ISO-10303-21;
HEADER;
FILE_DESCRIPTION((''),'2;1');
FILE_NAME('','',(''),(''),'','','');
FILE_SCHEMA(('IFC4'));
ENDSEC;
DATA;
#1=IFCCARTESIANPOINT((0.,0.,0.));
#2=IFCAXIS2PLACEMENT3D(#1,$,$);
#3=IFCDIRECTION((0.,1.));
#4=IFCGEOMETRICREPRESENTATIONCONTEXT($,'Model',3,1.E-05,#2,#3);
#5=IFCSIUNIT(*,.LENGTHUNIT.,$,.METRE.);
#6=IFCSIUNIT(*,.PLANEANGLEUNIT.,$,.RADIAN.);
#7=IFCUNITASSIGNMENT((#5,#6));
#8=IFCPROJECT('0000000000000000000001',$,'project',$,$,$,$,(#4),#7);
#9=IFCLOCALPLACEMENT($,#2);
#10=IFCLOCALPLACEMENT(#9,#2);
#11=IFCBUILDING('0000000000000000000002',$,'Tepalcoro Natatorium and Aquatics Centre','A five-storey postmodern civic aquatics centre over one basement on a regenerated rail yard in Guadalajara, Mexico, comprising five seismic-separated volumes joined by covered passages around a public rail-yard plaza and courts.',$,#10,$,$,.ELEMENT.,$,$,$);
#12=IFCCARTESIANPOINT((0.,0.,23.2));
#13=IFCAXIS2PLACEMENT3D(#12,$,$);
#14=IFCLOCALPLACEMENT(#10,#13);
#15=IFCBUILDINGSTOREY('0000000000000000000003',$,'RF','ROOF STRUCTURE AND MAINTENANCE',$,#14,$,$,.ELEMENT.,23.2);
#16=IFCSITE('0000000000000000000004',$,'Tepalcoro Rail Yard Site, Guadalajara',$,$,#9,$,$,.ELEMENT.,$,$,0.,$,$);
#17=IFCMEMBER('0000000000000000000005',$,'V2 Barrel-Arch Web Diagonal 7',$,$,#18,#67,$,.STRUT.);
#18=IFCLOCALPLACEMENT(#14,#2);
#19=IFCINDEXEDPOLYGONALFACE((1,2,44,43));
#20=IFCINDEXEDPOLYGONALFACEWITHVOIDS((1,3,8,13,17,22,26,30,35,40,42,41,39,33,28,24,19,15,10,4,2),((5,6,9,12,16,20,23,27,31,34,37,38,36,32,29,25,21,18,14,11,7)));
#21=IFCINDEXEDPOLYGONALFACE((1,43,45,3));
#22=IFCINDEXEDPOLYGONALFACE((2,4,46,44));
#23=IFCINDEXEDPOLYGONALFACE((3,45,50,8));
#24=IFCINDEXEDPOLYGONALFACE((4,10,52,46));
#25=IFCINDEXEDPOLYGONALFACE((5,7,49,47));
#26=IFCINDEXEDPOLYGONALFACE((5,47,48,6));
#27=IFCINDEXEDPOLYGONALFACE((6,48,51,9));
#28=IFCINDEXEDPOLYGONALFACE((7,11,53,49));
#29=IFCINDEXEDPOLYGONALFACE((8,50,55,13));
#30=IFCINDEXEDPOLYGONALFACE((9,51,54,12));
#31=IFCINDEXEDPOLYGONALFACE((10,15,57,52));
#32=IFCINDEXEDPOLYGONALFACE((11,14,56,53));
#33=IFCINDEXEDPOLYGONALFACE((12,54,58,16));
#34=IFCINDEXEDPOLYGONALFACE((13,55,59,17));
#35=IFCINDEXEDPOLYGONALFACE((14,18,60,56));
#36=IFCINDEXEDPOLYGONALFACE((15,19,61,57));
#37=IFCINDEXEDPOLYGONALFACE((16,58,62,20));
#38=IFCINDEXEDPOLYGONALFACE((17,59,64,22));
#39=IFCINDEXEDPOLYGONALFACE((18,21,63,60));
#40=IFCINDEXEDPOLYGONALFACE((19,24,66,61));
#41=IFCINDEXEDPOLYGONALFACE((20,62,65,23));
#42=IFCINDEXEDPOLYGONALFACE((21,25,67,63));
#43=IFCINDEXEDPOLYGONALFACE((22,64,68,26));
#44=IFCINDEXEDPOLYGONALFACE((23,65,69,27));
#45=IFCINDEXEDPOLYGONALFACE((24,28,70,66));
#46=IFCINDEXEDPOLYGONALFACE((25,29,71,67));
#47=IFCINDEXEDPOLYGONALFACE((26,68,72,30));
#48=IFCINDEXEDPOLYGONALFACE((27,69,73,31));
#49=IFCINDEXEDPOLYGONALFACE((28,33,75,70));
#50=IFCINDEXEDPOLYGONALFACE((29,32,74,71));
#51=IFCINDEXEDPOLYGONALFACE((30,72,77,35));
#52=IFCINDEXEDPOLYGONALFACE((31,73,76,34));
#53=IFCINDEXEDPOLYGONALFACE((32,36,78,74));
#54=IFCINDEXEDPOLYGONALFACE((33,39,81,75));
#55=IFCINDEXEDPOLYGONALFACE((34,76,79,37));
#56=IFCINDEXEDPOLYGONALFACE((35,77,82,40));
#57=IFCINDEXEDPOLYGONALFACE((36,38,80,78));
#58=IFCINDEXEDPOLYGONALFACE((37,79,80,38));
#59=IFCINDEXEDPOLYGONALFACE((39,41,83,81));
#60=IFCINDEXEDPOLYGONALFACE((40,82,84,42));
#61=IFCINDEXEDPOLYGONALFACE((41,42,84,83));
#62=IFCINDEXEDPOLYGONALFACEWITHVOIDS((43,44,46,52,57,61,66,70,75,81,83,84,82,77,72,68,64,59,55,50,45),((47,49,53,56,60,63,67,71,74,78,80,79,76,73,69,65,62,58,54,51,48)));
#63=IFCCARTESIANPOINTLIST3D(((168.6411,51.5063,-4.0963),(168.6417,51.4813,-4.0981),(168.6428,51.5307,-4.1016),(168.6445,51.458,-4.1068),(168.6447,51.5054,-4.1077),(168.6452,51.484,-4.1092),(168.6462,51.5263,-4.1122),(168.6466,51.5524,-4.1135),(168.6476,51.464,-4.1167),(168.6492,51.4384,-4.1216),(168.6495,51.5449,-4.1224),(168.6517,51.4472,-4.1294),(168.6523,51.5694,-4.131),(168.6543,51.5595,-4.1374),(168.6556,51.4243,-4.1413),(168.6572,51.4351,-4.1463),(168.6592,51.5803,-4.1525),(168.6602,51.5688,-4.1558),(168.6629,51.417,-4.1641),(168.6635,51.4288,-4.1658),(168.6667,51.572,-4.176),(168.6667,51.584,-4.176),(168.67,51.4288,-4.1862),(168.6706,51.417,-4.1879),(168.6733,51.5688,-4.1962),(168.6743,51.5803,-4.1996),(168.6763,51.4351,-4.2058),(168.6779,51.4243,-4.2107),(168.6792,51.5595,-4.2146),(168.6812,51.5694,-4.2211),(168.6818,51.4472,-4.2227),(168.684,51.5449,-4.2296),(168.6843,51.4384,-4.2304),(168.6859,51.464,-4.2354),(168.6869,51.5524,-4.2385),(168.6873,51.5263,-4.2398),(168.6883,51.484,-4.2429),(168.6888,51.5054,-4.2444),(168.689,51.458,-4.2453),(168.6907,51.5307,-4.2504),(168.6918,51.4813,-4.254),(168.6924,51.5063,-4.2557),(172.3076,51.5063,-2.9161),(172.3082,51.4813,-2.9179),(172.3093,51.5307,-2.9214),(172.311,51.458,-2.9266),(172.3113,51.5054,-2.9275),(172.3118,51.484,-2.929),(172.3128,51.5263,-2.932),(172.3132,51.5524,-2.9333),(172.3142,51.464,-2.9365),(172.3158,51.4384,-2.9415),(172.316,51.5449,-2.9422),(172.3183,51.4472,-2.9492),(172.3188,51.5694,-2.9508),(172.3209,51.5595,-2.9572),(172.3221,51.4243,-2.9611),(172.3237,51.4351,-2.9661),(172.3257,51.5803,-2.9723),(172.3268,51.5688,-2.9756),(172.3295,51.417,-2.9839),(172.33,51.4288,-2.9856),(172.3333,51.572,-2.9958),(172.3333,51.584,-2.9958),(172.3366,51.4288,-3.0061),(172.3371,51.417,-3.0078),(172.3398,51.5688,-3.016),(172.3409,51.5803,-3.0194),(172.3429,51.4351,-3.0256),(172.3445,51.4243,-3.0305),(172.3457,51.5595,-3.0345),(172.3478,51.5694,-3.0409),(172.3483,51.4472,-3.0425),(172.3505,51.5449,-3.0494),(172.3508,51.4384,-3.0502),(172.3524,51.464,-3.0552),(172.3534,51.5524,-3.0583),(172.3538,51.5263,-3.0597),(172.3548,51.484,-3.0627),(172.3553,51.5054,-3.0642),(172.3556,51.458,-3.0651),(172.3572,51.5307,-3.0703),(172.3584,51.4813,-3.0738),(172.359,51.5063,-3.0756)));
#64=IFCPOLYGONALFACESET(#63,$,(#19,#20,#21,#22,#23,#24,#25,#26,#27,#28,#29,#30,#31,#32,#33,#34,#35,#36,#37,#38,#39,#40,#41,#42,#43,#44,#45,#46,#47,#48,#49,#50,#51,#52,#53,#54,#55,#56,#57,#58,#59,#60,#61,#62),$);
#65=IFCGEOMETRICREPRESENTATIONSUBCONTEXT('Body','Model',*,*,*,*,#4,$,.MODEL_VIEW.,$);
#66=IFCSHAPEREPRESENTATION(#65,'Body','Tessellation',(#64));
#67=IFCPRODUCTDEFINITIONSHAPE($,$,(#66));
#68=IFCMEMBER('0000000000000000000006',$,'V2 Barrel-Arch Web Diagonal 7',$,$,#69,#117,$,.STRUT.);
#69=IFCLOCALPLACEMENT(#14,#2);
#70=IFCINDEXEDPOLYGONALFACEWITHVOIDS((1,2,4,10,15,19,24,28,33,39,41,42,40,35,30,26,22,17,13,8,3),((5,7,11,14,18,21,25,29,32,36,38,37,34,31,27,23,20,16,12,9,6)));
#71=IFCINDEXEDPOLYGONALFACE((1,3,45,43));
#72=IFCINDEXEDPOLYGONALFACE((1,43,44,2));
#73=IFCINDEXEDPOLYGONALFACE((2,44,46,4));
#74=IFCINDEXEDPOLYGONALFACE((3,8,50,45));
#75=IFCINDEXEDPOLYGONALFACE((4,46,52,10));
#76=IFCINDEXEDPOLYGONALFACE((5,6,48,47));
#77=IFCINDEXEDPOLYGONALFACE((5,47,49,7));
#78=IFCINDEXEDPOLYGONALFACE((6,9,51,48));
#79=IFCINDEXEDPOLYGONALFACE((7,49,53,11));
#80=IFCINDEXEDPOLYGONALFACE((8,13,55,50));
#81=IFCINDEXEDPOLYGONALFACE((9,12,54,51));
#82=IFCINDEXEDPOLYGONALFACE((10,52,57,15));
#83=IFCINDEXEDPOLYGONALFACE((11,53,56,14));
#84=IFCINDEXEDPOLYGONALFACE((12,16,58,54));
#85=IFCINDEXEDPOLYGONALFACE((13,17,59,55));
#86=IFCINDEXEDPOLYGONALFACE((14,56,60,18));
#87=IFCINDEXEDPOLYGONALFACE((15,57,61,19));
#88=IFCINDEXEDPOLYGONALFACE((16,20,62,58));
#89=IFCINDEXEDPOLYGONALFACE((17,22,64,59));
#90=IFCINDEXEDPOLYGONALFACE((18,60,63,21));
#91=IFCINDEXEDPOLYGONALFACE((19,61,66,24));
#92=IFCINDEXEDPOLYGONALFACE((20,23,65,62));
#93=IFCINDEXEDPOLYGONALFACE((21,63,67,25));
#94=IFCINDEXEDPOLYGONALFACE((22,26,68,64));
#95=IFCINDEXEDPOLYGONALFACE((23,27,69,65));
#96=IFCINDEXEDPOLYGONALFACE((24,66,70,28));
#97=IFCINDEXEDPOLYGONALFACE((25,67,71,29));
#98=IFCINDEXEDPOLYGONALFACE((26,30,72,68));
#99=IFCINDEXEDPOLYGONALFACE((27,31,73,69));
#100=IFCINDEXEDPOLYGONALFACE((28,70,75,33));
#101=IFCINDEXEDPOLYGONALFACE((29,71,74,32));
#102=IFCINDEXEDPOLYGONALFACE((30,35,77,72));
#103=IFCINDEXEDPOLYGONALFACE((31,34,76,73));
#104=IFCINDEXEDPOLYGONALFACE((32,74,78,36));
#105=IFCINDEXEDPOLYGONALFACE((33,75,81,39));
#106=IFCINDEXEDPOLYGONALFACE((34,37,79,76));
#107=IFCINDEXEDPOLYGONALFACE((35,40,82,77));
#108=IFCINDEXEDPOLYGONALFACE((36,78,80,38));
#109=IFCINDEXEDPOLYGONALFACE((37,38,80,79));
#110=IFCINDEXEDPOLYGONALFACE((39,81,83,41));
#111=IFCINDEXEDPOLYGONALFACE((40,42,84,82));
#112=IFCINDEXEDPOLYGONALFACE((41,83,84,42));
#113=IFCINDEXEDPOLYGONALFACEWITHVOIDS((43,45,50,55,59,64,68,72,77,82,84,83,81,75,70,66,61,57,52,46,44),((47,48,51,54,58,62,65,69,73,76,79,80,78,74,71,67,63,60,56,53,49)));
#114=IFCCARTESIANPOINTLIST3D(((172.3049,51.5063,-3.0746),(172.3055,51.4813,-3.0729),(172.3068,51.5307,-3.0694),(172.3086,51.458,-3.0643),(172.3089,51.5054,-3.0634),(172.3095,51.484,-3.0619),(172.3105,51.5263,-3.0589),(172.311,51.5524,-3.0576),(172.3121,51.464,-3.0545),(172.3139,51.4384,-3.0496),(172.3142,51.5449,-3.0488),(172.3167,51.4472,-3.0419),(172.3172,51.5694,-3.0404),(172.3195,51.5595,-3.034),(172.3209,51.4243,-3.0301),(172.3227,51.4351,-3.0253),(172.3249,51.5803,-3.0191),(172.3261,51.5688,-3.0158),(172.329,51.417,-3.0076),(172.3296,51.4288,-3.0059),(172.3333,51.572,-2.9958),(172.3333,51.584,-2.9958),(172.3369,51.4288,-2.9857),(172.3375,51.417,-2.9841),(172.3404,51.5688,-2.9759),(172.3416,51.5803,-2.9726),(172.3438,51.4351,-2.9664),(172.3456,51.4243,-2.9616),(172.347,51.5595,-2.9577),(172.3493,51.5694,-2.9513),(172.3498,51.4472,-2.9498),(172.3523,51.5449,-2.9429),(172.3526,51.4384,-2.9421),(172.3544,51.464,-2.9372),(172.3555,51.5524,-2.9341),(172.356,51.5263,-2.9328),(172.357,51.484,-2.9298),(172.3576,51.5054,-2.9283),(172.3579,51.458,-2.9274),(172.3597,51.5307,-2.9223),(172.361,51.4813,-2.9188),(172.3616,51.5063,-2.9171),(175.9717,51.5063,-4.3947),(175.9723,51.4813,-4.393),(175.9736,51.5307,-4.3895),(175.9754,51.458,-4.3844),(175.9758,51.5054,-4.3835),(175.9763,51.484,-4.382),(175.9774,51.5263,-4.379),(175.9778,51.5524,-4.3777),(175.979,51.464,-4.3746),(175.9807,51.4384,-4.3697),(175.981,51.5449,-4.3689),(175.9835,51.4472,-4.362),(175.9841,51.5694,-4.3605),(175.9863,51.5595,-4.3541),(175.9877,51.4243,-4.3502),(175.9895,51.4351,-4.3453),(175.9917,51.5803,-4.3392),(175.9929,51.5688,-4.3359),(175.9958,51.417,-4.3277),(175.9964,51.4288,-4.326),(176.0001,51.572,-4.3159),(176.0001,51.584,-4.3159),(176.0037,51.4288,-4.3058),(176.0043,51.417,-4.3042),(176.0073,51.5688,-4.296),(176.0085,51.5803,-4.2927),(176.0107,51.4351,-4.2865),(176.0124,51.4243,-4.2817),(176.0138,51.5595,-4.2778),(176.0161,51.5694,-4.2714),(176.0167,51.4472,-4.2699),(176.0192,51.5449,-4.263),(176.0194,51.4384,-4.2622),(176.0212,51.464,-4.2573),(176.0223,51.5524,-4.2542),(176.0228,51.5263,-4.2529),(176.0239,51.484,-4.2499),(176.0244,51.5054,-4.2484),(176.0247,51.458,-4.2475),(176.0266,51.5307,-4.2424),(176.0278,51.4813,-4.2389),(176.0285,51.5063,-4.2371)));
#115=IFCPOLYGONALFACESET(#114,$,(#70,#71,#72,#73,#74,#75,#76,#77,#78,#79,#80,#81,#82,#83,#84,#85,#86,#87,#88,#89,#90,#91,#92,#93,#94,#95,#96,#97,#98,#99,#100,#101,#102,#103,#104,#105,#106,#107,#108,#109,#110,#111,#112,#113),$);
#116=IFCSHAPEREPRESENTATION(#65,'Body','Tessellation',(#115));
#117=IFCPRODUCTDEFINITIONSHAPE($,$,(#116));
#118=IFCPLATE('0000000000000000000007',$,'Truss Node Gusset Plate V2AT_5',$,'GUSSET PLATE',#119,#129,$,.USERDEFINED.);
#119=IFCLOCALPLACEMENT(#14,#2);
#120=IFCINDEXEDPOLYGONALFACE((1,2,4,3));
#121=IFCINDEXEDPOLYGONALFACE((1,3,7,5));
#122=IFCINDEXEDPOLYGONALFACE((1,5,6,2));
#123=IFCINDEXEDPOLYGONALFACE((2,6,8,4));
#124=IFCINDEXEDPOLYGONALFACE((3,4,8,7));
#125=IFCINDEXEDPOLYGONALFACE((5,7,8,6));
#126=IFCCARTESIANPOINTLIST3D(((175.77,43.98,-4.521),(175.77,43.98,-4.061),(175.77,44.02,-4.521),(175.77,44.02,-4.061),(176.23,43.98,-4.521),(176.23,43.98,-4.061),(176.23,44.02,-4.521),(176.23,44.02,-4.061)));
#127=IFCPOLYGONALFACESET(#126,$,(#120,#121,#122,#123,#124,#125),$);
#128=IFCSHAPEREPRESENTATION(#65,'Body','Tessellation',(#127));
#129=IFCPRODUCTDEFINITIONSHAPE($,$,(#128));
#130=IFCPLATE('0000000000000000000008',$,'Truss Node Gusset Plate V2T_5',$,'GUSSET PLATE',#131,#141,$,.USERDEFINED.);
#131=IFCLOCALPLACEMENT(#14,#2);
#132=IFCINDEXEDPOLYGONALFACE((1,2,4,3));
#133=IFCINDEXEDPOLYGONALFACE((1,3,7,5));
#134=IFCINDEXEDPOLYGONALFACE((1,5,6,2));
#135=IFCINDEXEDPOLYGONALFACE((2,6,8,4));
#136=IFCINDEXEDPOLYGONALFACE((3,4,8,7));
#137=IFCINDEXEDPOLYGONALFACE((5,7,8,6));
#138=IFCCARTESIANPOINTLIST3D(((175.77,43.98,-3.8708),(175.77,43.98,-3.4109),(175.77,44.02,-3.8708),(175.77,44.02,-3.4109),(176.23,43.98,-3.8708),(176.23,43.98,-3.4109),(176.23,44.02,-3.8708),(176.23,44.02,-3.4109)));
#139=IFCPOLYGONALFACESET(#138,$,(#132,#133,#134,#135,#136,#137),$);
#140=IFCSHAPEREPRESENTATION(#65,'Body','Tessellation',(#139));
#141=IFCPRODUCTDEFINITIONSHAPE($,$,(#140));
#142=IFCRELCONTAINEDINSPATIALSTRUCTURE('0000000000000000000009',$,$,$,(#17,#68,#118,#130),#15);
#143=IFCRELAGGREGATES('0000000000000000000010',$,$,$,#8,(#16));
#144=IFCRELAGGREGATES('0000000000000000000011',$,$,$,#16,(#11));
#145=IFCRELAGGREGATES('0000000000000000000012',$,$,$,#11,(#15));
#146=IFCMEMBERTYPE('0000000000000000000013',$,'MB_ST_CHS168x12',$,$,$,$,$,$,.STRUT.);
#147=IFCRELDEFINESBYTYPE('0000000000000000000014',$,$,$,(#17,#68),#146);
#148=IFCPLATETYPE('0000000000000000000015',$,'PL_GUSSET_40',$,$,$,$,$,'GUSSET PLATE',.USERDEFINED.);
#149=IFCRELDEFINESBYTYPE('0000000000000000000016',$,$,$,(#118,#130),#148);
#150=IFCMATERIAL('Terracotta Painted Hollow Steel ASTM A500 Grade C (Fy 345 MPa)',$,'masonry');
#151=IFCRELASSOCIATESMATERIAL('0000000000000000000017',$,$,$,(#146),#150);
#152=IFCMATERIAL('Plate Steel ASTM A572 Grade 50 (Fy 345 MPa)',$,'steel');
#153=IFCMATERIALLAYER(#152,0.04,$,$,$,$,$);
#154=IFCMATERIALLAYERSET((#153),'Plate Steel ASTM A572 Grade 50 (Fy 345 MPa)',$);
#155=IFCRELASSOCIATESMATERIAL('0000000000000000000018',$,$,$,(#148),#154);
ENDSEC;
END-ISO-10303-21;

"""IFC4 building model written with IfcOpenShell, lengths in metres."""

from ifc_helpers import new_model, si_unit, direction, frame, origin, origin_2d, place, context, subcontext, project, spatial, rectangle, hollow_circle, extrude, material, layer, layer_set, material_profile, profile_set, type_object, element, save


model = new_model("IFC4")

# Units and contexts
model_context = context("Model", 3, precision=1e-05, world=origin(), true_north=direction((0.0, 1.0)))
body_context = subcontext(model_context, "Body", "Model", "MODEL_VIEW")
ifc_project = project(units=[si_unit("LENGTHUNIT", "METRE"), si_unit("PLANEANGLEUNIT", "RADIAN")], contexts=[model_context])

# Site, building, storey
site_placement = place(None, origin())
site = spatial("IfcSite", under=ifc_project, at=site_placement, Name="Tepalcoro Rail Yard Site, Guadalajara", CompositionType="ELEMENT", RefElevation=0.0)
building_placement = place(site_placement, origin())
building = spatial("IfcBuilding", under=site, at=building_placement, Name="Tepalcoro Natatorium and Aquatics Centre", Description="A five-storey postmodern civic aquatics centre over one basement on a regenerated rail yard in Guadalajara, Mexico, comprising five seismic-separated volumes joined by covered passages around a public rail-yard plaza and courts.", CompositionType="ELEMENT")
storey_placement = place(building_placement, frame((0.0, 0.0, 23.2)))
storey = spatial("IfcBuildingStorey", under=building, at=storey_placement, Name="RF", Description="ROOF STRUCTURE AND MAINTENANCE", CompositionType="ELEMENT", Elevation=23.2)

# Shared definitions
ifc_material_1 = material(Name="Terracotta Painted Hollow Steel ASTM A500 Grade C (Fy 345 MPa)", Category="masonry")

# Members
ifc_material_profile_1 = material_profile(ifc_material_1, hollow_circle(Radius=0.084, WallThickness=0.012, at=origin_2d()), Name="CHS168X12")
ifc_profile_set_1 = profile_set([ifc_material_profile_1], Name="Terracotta Painted Hollow Steel ASTM A500 Grade C (Fy 345 MPa)")
member_type_1 = type_object("IfcMemberType", Name="MB_ST_CHS168x12", PredefinedType="STRUT", material=ifc_profile_set_1)
member_1_placement = place(storey_placement, frame((168.6667, 51.5, -4.176), z_axis=(0.951903, 0.0, 0.306399), x_axis=(0.0, 1.0, 0.0)))
element("IfcMember", 1, at=member_1_placement, inside=storey, type_object=member_type_1, Name="V2 Barrel-Arch Web Diagonal 7", PredefinedType="STRUT", context=body_context, shape_type="SweptSolid", body=[
    extrude(hollow_circle(Radius=0.084, WallThickness=0.012, at=origin_2d()), origin(), (0.0, 0.0, 1.0), 3.8518),
])
member_2_placement = place(storey_placement, frame((172.3333, 51.5, -2.9958), z_axis=(0.940884, 0.0, -0.338728), x_axis=(0.0, 1.0, 0.0)))
element("IfcMember", 2, at=member_2_placement, inside=storey, type_object=member_type_1, Name="V2 Barrel-Arch Web Diagonal 7", PredefinedType="STRUT", context=body_context, shape_type="SweptSolid", body=[
    extrude(hollow_circle(Radius=0.084, WallThickness=0.012, at=origin_2d()), origin(), (0.0, 0.0, 1.0), 3.8972),
])

# Plates
ifc_material_2 = material(Name="Plate Steel ASTM A572 Grade 50 (Fy 345 MPa)", Category="steel")
ifc_layer = layer(ifc_material_2, 0.04)
ifc_layer_set = layer_set([ifc_layer], Name="Plate Steel ASTM A572 Grade 50 (Fy 345 MPa)")
plate_type = type_object("IfcPlateType", Name="PL_GUSSET_40", ElementType="GUSSET PLATE", PredefinedType="USERDEFINED", material=ifc_layer_set)
for number, where, z_axis, x_axis, name in (
    (3, (176.0, 44.0, -4.521), (0.0, 0.0, 1.0), (1.0, 0.0, 0.0), "Truss Node Gusset Plate V2AT_5"),
    (4, (176.0, 44.0, -3.8708), (0.0, 0.0, 1.0), (1.0, 0.0, 0.0), "Truss Node Gusset Plate V2T_5"),
):
    element("IfcPlate", number, at=place(storey_placement, frame(where, z_axis=z_axis, x_axis=x_axis)), inside=storey, type_object=plate_type, Name=name, ObjectType="GUSSET PLATE", PredefinedType="USERDEFINED", context=body_context, shape_type="SweptSolid", body=[
        extrude(rectangle(XDim=0.46, YDim=0.04, at=origin_2d()), origin(), (0.0, 0.0, 1.0), 0.46),
    ])

save(model, "model.ifc")
